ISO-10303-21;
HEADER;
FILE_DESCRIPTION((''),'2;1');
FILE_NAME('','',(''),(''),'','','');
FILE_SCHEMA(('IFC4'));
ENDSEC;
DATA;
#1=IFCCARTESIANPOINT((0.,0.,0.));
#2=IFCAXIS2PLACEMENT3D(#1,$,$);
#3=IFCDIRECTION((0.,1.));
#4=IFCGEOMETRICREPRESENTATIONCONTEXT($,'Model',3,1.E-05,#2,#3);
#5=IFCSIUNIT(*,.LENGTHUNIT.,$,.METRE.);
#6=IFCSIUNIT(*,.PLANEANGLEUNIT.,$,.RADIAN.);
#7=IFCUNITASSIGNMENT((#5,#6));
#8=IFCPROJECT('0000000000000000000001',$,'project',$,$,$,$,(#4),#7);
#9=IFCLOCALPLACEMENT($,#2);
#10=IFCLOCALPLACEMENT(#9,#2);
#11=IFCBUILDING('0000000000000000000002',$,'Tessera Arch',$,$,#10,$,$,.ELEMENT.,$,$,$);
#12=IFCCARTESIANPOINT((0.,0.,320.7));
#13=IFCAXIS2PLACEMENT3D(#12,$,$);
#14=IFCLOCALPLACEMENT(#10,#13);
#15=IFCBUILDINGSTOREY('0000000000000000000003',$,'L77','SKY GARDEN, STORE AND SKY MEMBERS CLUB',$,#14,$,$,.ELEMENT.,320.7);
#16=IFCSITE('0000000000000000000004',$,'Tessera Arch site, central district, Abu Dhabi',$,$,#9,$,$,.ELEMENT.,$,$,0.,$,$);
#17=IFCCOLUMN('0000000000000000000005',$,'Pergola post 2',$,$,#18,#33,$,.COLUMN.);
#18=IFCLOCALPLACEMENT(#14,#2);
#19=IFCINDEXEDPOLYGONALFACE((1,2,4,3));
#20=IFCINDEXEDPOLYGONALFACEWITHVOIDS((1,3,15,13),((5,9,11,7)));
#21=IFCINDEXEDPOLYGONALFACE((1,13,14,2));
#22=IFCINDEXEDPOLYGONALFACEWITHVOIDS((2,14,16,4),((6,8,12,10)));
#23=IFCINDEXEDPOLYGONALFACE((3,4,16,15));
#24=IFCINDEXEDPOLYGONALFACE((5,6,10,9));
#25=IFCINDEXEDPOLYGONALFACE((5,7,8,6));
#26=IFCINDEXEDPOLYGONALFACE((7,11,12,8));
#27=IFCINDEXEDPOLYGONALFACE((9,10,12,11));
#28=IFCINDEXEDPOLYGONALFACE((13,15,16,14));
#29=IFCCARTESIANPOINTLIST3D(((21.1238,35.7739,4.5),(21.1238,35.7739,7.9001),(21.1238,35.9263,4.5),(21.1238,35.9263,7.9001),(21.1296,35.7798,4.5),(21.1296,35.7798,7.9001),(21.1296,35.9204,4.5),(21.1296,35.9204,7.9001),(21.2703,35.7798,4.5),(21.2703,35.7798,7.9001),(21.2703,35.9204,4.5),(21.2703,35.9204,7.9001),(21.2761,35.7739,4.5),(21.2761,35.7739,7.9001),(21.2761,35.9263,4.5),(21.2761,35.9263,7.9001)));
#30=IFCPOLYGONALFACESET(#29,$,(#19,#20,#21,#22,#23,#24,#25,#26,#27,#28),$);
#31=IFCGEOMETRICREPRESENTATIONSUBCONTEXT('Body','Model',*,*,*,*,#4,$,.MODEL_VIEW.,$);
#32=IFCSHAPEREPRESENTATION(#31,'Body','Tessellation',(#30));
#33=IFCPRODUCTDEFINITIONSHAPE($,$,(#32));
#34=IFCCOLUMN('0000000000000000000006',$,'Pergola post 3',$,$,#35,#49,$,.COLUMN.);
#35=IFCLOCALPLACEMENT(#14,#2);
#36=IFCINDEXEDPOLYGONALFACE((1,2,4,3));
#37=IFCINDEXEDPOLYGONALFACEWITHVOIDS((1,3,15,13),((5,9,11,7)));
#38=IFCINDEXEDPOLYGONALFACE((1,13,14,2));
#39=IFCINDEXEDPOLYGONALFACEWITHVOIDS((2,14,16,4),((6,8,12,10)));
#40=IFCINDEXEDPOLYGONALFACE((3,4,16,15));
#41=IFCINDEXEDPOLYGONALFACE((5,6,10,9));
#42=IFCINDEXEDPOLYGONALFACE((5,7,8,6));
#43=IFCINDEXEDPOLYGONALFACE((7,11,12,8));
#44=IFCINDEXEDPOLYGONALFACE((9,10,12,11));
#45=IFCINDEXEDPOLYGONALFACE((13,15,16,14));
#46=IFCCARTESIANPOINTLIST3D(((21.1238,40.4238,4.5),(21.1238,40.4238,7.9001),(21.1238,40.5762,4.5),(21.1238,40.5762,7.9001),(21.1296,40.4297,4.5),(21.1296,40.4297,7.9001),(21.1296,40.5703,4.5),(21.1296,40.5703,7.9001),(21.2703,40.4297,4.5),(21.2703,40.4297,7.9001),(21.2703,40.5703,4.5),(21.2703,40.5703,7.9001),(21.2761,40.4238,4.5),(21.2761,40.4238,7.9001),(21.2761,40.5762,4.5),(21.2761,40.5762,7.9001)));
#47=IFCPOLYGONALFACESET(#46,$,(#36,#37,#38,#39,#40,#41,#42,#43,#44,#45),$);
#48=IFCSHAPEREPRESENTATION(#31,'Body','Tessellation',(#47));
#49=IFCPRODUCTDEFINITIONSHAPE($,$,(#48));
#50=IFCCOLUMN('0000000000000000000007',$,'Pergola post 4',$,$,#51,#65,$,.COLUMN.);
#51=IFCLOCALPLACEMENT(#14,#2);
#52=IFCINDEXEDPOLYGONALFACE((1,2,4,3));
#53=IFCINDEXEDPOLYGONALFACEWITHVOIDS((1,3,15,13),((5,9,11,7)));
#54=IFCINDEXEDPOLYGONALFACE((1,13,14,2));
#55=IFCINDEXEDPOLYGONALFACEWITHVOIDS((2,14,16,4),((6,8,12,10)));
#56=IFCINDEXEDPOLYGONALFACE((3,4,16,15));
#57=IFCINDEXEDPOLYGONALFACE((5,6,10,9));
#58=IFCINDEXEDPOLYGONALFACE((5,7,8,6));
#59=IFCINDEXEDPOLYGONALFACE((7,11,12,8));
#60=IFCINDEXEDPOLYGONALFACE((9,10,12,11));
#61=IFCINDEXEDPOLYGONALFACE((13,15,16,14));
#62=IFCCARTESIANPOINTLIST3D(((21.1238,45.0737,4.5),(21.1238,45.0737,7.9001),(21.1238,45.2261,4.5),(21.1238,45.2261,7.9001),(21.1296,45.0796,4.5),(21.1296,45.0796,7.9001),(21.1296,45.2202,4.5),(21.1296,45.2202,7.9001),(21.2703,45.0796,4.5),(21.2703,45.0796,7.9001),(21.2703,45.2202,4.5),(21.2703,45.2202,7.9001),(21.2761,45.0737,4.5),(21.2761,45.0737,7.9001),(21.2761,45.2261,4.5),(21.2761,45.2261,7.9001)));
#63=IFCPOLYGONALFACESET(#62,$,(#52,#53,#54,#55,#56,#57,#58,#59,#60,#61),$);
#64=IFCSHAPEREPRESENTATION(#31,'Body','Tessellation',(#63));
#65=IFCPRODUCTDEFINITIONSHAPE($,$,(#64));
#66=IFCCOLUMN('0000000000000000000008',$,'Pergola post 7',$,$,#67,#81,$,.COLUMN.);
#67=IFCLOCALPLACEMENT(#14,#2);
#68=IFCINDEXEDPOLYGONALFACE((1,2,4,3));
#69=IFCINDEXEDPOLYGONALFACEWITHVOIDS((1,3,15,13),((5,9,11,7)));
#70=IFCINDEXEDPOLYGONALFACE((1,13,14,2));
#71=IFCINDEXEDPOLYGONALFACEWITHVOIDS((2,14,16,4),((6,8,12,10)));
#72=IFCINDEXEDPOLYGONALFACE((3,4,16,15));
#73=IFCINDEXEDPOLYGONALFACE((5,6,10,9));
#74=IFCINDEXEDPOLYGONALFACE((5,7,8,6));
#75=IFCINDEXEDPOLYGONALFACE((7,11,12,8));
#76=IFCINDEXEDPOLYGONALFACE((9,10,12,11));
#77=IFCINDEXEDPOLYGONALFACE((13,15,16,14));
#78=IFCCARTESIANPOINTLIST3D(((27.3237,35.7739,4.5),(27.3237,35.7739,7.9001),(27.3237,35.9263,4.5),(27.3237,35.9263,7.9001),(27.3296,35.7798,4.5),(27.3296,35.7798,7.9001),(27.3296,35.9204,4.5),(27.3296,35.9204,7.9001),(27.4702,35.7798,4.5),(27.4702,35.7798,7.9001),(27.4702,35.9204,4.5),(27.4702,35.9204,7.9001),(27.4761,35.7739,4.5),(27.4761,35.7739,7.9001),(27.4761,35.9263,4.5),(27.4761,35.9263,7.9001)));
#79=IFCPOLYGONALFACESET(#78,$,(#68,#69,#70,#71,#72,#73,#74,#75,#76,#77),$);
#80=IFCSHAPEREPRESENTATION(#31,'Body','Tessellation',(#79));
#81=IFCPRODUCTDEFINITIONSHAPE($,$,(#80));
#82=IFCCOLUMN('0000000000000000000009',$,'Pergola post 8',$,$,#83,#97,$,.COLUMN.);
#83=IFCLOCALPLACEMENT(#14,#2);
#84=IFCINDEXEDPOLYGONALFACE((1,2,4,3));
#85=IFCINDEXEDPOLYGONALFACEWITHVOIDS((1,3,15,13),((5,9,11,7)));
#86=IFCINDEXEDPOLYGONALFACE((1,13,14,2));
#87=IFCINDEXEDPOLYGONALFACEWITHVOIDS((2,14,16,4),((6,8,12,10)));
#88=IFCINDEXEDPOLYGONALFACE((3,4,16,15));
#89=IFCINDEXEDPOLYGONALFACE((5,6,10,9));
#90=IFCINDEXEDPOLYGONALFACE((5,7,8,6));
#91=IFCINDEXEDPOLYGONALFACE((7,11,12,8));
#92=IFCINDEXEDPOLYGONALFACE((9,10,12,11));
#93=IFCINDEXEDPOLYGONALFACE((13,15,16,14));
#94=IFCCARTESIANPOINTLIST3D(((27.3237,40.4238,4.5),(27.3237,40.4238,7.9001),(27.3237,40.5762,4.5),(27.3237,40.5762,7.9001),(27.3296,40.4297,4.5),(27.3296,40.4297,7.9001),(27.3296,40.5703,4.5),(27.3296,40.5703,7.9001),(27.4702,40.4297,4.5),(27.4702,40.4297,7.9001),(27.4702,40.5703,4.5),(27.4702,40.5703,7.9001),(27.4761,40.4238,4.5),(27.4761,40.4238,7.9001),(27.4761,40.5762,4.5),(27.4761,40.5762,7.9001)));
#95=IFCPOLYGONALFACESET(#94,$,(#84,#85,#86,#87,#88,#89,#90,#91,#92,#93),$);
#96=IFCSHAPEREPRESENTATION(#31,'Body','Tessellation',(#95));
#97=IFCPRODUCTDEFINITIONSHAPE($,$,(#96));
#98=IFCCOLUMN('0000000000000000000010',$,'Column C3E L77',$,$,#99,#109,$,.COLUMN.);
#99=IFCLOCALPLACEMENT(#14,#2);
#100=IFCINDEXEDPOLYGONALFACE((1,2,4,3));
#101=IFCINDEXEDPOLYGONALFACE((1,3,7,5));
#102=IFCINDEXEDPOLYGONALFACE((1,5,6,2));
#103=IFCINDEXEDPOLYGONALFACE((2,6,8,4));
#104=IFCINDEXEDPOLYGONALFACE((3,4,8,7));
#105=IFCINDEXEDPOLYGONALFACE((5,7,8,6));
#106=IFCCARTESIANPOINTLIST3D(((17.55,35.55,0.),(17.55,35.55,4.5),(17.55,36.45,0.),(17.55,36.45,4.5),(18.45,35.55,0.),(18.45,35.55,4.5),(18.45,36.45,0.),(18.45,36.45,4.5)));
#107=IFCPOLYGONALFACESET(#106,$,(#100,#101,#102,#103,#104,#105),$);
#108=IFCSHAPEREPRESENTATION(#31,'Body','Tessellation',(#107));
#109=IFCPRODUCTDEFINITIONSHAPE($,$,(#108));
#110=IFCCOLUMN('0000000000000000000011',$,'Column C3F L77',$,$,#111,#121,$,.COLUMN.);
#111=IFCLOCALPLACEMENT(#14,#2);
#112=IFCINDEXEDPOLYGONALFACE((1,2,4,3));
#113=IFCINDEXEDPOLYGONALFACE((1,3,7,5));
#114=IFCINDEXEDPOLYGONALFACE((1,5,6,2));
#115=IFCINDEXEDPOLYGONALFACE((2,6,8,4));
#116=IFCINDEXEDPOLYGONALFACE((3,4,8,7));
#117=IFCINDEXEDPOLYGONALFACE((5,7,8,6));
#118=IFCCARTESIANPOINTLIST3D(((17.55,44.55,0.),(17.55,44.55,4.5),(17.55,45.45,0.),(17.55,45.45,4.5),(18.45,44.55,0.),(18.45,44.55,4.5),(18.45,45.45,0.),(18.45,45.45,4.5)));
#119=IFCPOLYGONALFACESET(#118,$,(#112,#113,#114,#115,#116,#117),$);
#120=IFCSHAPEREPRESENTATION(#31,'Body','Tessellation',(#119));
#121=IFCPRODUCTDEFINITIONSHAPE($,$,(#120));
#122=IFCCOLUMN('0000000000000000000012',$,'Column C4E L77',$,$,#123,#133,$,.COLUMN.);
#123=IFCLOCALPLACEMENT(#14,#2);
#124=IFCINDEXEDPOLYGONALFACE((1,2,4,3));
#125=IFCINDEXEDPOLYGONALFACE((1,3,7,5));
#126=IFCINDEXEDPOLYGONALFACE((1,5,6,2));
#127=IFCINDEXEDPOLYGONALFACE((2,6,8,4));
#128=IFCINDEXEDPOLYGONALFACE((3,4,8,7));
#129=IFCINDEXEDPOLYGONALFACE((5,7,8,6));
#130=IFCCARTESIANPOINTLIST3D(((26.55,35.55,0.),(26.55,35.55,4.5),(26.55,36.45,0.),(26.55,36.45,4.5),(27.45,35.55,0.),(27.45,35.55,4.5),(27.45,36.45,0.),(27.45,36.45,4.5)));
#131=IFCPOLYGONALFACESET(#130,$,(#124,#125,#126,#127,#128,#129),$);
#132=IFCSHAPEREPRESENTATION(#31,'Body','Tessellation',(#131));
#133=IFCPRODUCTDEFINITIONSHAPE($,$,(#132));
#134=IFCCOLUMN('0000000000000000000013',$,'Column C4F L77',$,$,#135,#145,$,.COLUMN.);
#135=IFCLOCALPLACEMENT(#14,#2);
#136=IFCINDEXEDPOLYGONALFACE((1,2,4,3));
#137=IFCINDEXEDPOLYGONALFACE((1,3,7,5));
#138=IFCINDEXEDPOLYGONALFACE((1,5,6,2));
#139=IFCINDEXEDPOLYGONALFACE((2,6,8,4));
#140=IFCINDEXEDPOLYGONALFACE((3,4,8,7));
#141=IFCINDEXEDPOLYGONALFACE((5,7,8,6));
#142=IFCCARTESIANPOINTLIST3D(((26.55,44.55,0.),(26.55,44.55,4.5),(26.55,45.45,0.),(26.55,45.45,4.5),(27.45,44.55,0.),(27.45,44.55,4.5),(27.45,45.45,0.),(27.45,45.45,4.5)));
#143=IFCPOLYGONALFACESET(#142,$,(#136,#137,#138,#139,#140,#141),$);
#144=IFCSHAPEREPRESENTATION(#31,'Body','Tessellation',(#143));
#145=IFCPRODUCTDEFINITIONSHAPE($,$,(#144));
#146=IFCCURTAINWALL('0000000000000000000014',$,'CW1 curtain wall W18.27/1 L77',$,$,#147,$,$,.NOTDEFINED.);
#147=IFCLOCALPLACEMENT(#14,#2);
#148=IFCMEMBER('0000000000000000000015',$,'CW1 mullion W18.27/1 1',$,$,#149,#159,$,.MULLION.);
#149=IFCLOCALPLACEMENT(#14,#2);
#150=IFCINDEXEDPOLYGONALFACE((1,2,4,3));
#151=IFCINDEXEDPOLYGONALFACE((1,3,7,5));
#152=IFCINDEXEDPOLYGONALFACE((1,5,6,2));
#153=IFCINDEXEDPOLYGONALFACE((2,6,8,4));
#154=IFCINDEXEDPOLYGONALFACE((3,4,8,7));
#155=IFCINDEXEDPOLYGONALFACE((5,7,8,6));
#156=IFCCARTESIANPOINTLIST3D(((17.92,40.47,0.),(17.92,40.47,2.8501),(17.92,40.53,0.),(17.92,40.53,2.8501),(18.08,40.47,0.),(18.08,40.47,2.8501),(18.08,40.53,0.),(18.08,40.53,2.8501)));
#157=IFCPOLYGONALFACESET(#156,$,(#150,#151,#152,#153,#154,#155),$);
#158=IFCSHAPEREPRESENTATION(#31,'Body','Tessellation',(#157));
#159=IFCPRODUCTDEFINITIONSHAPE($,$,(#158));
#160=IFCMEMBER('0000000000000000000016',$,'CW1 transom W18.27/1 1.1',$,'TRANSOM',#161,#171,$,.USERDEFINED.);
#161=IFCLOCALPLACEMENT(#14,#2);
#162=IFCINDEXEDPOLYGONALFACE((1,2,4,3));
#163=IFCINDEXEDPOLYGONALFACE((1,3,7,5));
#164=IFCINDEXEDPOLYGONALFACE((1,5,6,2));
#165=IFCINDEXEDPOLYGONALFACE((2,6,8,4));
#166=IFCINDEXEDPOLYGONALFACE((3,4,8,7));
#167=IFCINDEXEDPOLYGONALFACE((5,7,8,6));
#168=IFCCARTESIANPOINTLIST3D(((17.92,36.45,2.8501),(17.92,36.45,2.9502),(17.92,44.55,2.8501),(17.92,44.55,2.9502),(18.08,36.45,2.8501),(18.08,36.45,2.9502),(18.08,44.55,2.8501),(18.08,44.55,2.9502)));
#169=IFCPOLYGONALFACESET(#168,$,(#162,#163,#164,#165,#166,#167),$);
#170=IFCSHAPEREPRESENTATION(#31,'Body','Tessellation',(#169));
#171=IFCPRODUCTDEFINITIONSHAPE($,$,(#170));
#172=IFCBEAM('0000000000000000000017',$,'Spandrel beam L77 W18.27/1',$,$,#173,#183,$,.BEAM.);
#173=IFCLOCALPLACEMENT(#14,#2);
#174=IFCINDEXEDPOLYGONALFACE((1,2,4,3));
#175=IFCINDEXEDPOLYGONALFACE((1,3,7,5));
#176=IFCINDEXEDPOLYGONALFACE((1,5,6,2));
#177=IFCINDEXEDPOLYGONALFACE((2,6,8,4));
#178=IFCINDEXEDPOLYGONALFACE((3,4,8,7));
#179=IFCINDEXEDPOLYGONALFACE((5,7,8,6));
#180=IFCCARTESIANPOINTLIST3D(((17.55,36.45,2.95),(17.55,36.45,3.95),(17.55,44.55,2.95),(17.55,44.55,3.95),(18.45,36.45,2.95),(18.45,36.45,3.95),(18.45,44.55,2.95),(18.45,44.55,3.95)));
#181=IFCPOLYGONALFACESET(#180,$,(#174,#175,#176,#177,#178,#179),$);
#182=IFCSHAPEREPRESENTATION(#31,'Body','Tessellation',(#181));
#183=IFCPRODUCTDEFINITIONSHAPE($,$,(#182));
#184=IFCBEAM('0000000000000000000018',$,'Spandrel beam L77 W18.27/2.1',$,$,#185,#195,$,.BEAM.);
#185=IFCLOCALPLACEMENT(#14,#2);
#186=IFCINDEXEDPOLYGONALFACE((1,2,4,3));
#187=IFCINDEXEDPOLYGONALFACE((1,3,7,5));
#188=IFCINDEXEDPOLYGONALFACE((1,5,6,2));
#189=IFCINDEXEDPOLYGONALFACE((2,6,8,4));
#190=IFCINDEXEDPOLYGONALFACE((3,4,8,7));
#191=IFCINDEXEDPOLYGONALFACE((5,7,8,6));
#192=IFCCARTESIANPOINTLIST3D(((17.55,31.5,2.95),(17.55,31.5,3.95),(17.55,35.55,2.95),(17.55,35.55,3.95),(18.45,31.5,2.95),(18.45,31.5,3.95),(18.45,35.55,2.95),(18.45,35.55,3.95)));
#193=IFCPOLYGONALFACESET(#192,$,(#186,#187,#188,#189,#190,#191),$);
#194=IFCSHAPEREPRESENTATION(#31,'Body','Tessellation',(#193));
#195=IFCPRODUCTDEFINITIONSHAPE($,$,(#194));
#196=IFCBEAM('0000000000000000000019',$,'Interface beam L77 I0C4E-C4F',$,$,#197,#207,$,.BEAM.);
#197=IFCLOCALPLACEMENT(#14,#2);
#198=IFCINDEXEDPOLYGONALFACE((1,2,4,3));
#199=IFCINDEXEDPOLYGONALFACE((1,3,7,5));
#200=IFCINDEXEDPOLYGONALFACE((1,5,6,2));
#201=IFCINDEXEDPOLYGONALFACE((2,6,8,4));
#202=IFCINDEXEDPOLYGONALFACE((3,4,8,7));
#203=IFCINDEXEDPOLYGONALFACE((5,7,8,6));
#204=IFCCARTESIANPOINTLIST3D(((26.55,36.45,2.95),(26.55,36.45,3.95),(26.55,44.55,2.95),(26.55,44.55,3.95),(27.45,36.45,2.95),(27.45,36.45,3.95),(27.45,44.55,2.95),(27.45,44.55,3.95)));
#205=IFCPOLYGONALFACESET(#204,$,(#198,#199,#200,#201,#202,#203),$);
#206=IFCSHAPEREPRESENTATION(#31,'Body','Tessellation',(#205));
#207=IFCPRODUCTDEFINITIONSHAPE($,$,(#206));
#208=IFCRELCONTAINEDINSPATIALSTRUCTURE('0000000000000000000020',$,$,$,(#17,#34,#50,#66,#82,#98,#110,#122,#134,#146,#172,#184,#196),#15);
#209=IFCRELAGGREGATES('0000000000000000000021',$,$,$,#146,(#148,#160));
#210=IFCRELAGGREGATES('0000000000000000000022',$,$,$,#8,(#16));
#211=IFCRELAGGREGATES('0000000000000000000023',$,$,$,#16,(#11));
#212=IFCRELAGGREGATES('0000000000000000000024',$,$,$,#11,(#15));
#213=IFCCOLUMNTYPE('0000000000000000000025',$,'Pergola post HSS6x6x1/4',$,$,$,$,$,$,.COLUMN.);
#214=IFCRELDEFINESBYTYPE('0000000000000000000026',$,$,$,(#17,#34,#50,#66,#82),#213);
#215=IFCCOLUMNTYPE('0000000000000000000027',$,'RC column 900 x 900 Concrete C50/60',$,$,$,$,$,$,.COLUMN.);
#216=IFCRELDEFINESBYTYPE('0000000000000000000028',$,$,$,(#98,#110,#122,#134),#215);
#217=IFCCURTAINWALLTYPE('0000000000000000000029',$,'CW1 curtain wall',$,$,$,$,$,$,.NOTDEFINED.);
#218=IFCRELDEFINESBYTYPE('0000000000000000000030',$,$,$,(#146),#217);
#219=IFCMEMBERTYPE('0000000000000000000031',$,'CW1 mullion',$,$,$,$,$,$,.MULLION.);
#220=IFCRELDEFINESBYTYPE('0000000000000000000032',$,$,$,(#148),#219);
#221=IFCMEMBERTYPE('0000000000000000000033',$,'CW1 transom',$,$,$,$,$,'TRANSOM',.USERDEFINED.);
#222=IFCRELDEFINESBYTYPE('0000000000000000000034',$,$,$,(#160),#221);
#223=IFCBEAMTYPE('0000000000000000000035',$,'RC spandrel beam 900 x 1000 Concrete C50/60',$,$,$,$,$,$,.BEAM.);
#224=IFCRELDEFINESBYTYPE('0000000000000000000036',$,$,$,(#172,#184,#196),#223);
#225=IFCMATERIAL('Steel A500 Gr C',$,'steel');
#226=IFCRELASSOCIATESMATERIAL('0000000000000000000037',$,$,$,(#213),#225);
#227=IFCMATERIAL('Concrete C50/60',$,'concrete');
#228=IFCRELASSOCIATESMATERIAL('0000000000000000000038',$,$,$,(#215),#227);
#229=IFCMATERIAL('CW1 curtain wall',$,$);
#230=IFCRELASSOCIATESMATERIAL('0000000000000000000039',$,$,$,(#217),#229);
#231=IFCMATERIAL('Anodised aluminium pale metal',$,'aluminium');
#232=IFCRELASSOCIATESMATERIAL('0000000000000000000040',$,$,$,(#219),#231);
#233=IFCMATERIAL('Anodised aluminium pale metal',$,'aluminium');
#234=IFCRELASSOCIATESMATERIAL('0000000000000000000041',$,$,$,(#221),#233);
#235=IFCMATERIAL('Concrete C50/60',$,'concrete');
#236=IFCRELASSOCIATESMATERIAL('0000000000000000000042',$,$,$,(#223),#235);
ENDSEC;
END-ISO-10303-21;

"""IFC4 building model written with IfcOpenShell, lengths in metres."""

from ifc_helpers import new_model, si_unit, direction, frame, origin, origin_2d, place, context, subcontext, project, spatial, rectangle, hollow_rectangle, extrude, material, material_profile, profile_set, type_object, element, aggregate, save


model = new_model("IFC4")

# Units and contexts
model_context = context("Model", 3, precision=1e-05, world=origin(), true_north=direction((0.0, 1.0)))
body_context = subcontext(model_context, "Body", "Model", "MODEL_VIEW")
ifc_project = project(units=[si_unit("LENGTHUNIT", "METRE"), si_unit("PLANEANGLEUNIT", "RADIAN")], contexts=[model_context])

# Site, building, storey
site_placement = place(None, origin())
site = spatial("IfcSite", under=ifc_project, at=site_placement, Name="Tessera Arch site, central district, Abu Dhabi", CompositionType="ELEMENT", RefElevation=0.0)
building_placement = place(site_placement, origin())
building = spatial("IfcBuilding", under=site, at=building_placement, Name="Tessera Arch", CompositionType="ELEMENT")
storey_placement = place(building_placement, frame((0.0, 0.0, 320.7)))
storey = spatial("IfcBuildingStorey", under=building, at=storey_placement, Name="L77", Description="SKY GARDEN, STORE AND SKY MEMBERS CLUB", CompositionType="ELEMENT", Elevation=320.7)

# Columns
ifc_material_1 = material(Name="Steel A500 Gr C", Category="steel")
ifc_material_profile_1 = material_profile(ifc_material_1, hollow_rectangle(XDim=0.1523, YDim=0.1523, WallThickness=0.0059, at=origin_2d()), Name="HSS6x6x1/4")
ifc_profile_set_1 = profile_set([ifc_material_profile_1], Name="Steel A500 Gr C")
column_type_1 = type_object("IfcColumnType", Name="Pergola post HSS6x6x1/4", PredefinedType="COLUMN", material=ifc_profile_set_1)
for number, where, z_axis, x_axis, name in (
    (1, (21.2, 35.8501, 4.5), (0.0, 0.0, 1.0), (1.0, 0.0, 0.0), "Pergola post 2"),
    (2, (21.2, 40.5, 4.5), (0.0, 0.0, 1.0), (1.0, 0.0, 0.0), "Pergola post 3"),
    (3, (21.2, 45.1499, 4.5), (0.0, 0.0, 1.0), (1.0, 0.0, 0.0), "Pergola post 4"),
    (4, (27.3999, 35.8501, 4.5), (0.0, 0.0, 1.0), (1.0, 0.0, 0.0), "Pergola post 7"),
    (5, (27.3999, 40.5, 4.5), (0.0, 0.0, 1.0), (1.0, 0.0, 0.0), "Pergola post 8"),
):
    element("IfcColumn", number, at=place(storey_placement, frame(where, z_axis=z_axis, x_axis=x_axis)), inside=storey, type_object=column_type_1, Name=name, PredefinedType="COLUMN", context=body_context, shape_type="SweptSolid", body=[
        extrude(hollow_rectangle(XDim=0.1523, YDim=0.1523, WallThickness=0.0059, at=origin_2d()), origin(), (0.0, 0.0, 1.0), 3.4001),
    ])
ifc_material_2 = material(Name="Concrete C50/60", Category="concrete")
ifc_material_profile_2 = material_profile(ifc_material_2, rectangle(XDim=0.8999, YDim=0.8999, at=origin_2d()), Name="RC column 900 x 900 Concrete C50/60")
ifc_profile_set_2 = profile_set([ifc_material_profile_2], Name="Concrete C50/60")
column_type_2 = type_object("IfcColumnType", Name="RC column 900 x 900 Concrete C50/60", PredefinedType="COLUMN", material=ifc_profile_set_2)
for number, where, z_axis, x_axis, name in (
    (6, (18.0, 36.0, 0.0), (0.0, 0.0, 1.0), (1.0, 0.0, 0.0), "Column C3E L77"),
    (7, (18.0, 45.0, 0.0), (0.0, 0.0, 1.0), (1.0, 0.0, 0.0), "Column C3F L77"),
    (8, (27.0, 36.0, 0.0), (0.0, 0.0, 1.0), (1.0, 0.0, 0.0), "Column C4E L77"),
    (9, (27.0, 45.0, 0.0), (0.0, 0.0, 1.0), (1.0, 0.0, 0.0), "Column C4F L77"),
):
    element("IfcColumn", number, at=place(storey_placement, frame(where, z_axis=z_axis, x_axis=x_axis)), inside=storey, type_object=column_type_2, Name=name, PredefinedType="COLUMN", context=body_context, shape_type="SweptSolid", body=[
        extrude(rectangle(XDim=0.8999, YDim=0.8999, at=origin_2d()), origin(), (0.0, 0.0, 1.0), 4.5),
    ])

# Curtain wall, members
ifc_material_3 = material(Name="CW1 curtain wall")
curtain_wall_type = type_object("IfcCurtainWallType", Name="CW1 curtain wall", PredefinedType="NOTDEFINED", material=ifc_material_3)
curtain_wall_placement = place(storey_placement, origin())
curtain_wall = element("IfcCurtainWall", 10, at=curtain_wall_placement, inside=storey, type_object=curtain_wall_type, Name="CW1 curtain wall W18.27/1 L77", PredefinedType="NOTDEFINED")
ifc_material_4 = material(Name="Anodised aluminium pale metal", Category="aluminium")
ifc_material_profile_3 = material_profile(ifc_material_4, rectangle(XDim=0.1599, YDim=0.0601, at=origin_2d()), Name="AL 60x160")
ifc_profile_set_3 = profile_set([ifc_material_profile_3], Name="Anodised aluminium pale metal")
member_type_1 = type_object("IfcMemberType", Name="CW1 mullion", PredefinedType="MULLION", material=ifc_profile_set_3)
member_1_placement = place(storey_placement, frame((18.0, 40.5, 0.0), z_axis=(0.0, 0.0, 1.0), x_axis=(1.0, 0.0, 0.0)))
member_1 = element("IfcMember", 11, at=member_1_placement, type_object=member_type_1, Name="CW1 mullion W18.27/1 1", PredefinedType="MULLION", context=body_context, shape_type="SweptSolid", body=[
    extrude(rectangle(XDim=0.1599, YDim=0.0601, at=origin_2d()), origin(), (0.0, 0.0, 1.0), 2.8501),
])
ifc_material_5 = material(Name="Anodised aluminium pale metal", Category="aluminium")
ifc_material_profile_4 = material_profile(ifc_material_5, rectangle(XDim=0.1599, YDim=0.1001, at=origin_2d()), Name="AL 160x100")
ifc_profile_set_4 = profile_set([ifc_material_profile_4], Name="Anodised aluminium pale metal")
member_type_2 = type_object("IfcMemberType", Name="CW1 transom", ElementType="TRANSOM", PredefinedType="USERDEFINED", material=ifc_profile_set_4)
member_2_placement = place(storey_placement, frame((18.0, 44.55, 2.9001), z_axis=(0.0, -1.0, 0.0), x_axis=(1.0, 0.0, 0.0)))
member_2 = element("IfcMember", 12, at=member_2_placement, type_object=member_type_2, Name="CW1 transom W18.27/1 1.1", ObjectType="TRANSOM", PredefinedType="USERDEFINED", context=body_context, shape_type="SweptSolid", body=[
    extrude(rectangle(XDim=0.1599, YDim=0.1001, at=origin_2d()), origin(), (0.0, 0.0, 1.0), 8.1001),
])

# Beams
ifc_material_6 = material(Name="Concrete C50/60", Category="concrete")
ifc_material_profile_5 = material_profile(ifc_material_6, rectangle(XDim=0.8999, YDim=1.0, at=origin_2d()), Name="RC spandrel beam 900 x 1000 Concrete C50/60")
ifc_profile_set_5 = profile_set([ifc_material_profile_5], Name="Concrete C50/60")
beam_type = type_object("IfcBeamType", Name="RC spandrel beam 900 x 1000 Concrete C50/60", PredefinedType="BEAM", material=ifc_profile_set_5)
beam_1_placement = place(storey_placement, frame((18.0, 44.55, 3.45), z_axis=(0.0, -1.0, 0.0), x_axis=(1.0, 0.0, 0.0)))
element("IfcBeam", 13, at=beam_1_placement, inside=storey, type_object=beam_type, Name="Spandrel beam L77 W18.27/1", PredefinedType="BEAM", context=body_context, shape_type="SweptSolid", body=[
    extrude(rectangle(XDim=0.8999, YDim=1.0, at=origin_2d()), origin(), (0.0, 0.0, 1.0), 8.1001),
])
beam_2_placement = place(storey_placement, frame((18.0, 35.55, 3.45), z_axis=(0.0, -1.0, 0.0), x_axis=(1.0, 0.0, 0.0)))
element("IfcBeam", 14, at=beam_2_placement, inside=storey, type_object=beam_type, Name="Spandrel beam L77 W18.27/2.1", PredefinedType="BEAM", context=body_context, shape_type="SweptSolid", body=[
    extrude(rectangle(XDim=0.8999, YDim=1.0, at=origin_2d()), origin(), (0.0, 0.0, 1.0), 4.05),
])
beam_3_placement = place(storey_placement, frame((27.0, 36.45, 3.45), z_axis=(0.0, 1.0, 0.0), x_axis=(-1.0, 0.0, 0.0)))
element("IfcBeam", 15, at=beam_3_placement, inside=storey, type_object=beam_type, Name="Interface beam L77 I0C4E-C4F", PredefinedType="BEAM", context=body_context, shape_type="SweptSolid", body=[
    extrude(rectangle(XDim=0.8999, YDim=1.0, at=origin_2d()), origin(), (0.0, 0.0, 1.0), 8.1001),
])

aggregate(curtain_wall, [member_1, member_2])

save(model, "model.ifc")
